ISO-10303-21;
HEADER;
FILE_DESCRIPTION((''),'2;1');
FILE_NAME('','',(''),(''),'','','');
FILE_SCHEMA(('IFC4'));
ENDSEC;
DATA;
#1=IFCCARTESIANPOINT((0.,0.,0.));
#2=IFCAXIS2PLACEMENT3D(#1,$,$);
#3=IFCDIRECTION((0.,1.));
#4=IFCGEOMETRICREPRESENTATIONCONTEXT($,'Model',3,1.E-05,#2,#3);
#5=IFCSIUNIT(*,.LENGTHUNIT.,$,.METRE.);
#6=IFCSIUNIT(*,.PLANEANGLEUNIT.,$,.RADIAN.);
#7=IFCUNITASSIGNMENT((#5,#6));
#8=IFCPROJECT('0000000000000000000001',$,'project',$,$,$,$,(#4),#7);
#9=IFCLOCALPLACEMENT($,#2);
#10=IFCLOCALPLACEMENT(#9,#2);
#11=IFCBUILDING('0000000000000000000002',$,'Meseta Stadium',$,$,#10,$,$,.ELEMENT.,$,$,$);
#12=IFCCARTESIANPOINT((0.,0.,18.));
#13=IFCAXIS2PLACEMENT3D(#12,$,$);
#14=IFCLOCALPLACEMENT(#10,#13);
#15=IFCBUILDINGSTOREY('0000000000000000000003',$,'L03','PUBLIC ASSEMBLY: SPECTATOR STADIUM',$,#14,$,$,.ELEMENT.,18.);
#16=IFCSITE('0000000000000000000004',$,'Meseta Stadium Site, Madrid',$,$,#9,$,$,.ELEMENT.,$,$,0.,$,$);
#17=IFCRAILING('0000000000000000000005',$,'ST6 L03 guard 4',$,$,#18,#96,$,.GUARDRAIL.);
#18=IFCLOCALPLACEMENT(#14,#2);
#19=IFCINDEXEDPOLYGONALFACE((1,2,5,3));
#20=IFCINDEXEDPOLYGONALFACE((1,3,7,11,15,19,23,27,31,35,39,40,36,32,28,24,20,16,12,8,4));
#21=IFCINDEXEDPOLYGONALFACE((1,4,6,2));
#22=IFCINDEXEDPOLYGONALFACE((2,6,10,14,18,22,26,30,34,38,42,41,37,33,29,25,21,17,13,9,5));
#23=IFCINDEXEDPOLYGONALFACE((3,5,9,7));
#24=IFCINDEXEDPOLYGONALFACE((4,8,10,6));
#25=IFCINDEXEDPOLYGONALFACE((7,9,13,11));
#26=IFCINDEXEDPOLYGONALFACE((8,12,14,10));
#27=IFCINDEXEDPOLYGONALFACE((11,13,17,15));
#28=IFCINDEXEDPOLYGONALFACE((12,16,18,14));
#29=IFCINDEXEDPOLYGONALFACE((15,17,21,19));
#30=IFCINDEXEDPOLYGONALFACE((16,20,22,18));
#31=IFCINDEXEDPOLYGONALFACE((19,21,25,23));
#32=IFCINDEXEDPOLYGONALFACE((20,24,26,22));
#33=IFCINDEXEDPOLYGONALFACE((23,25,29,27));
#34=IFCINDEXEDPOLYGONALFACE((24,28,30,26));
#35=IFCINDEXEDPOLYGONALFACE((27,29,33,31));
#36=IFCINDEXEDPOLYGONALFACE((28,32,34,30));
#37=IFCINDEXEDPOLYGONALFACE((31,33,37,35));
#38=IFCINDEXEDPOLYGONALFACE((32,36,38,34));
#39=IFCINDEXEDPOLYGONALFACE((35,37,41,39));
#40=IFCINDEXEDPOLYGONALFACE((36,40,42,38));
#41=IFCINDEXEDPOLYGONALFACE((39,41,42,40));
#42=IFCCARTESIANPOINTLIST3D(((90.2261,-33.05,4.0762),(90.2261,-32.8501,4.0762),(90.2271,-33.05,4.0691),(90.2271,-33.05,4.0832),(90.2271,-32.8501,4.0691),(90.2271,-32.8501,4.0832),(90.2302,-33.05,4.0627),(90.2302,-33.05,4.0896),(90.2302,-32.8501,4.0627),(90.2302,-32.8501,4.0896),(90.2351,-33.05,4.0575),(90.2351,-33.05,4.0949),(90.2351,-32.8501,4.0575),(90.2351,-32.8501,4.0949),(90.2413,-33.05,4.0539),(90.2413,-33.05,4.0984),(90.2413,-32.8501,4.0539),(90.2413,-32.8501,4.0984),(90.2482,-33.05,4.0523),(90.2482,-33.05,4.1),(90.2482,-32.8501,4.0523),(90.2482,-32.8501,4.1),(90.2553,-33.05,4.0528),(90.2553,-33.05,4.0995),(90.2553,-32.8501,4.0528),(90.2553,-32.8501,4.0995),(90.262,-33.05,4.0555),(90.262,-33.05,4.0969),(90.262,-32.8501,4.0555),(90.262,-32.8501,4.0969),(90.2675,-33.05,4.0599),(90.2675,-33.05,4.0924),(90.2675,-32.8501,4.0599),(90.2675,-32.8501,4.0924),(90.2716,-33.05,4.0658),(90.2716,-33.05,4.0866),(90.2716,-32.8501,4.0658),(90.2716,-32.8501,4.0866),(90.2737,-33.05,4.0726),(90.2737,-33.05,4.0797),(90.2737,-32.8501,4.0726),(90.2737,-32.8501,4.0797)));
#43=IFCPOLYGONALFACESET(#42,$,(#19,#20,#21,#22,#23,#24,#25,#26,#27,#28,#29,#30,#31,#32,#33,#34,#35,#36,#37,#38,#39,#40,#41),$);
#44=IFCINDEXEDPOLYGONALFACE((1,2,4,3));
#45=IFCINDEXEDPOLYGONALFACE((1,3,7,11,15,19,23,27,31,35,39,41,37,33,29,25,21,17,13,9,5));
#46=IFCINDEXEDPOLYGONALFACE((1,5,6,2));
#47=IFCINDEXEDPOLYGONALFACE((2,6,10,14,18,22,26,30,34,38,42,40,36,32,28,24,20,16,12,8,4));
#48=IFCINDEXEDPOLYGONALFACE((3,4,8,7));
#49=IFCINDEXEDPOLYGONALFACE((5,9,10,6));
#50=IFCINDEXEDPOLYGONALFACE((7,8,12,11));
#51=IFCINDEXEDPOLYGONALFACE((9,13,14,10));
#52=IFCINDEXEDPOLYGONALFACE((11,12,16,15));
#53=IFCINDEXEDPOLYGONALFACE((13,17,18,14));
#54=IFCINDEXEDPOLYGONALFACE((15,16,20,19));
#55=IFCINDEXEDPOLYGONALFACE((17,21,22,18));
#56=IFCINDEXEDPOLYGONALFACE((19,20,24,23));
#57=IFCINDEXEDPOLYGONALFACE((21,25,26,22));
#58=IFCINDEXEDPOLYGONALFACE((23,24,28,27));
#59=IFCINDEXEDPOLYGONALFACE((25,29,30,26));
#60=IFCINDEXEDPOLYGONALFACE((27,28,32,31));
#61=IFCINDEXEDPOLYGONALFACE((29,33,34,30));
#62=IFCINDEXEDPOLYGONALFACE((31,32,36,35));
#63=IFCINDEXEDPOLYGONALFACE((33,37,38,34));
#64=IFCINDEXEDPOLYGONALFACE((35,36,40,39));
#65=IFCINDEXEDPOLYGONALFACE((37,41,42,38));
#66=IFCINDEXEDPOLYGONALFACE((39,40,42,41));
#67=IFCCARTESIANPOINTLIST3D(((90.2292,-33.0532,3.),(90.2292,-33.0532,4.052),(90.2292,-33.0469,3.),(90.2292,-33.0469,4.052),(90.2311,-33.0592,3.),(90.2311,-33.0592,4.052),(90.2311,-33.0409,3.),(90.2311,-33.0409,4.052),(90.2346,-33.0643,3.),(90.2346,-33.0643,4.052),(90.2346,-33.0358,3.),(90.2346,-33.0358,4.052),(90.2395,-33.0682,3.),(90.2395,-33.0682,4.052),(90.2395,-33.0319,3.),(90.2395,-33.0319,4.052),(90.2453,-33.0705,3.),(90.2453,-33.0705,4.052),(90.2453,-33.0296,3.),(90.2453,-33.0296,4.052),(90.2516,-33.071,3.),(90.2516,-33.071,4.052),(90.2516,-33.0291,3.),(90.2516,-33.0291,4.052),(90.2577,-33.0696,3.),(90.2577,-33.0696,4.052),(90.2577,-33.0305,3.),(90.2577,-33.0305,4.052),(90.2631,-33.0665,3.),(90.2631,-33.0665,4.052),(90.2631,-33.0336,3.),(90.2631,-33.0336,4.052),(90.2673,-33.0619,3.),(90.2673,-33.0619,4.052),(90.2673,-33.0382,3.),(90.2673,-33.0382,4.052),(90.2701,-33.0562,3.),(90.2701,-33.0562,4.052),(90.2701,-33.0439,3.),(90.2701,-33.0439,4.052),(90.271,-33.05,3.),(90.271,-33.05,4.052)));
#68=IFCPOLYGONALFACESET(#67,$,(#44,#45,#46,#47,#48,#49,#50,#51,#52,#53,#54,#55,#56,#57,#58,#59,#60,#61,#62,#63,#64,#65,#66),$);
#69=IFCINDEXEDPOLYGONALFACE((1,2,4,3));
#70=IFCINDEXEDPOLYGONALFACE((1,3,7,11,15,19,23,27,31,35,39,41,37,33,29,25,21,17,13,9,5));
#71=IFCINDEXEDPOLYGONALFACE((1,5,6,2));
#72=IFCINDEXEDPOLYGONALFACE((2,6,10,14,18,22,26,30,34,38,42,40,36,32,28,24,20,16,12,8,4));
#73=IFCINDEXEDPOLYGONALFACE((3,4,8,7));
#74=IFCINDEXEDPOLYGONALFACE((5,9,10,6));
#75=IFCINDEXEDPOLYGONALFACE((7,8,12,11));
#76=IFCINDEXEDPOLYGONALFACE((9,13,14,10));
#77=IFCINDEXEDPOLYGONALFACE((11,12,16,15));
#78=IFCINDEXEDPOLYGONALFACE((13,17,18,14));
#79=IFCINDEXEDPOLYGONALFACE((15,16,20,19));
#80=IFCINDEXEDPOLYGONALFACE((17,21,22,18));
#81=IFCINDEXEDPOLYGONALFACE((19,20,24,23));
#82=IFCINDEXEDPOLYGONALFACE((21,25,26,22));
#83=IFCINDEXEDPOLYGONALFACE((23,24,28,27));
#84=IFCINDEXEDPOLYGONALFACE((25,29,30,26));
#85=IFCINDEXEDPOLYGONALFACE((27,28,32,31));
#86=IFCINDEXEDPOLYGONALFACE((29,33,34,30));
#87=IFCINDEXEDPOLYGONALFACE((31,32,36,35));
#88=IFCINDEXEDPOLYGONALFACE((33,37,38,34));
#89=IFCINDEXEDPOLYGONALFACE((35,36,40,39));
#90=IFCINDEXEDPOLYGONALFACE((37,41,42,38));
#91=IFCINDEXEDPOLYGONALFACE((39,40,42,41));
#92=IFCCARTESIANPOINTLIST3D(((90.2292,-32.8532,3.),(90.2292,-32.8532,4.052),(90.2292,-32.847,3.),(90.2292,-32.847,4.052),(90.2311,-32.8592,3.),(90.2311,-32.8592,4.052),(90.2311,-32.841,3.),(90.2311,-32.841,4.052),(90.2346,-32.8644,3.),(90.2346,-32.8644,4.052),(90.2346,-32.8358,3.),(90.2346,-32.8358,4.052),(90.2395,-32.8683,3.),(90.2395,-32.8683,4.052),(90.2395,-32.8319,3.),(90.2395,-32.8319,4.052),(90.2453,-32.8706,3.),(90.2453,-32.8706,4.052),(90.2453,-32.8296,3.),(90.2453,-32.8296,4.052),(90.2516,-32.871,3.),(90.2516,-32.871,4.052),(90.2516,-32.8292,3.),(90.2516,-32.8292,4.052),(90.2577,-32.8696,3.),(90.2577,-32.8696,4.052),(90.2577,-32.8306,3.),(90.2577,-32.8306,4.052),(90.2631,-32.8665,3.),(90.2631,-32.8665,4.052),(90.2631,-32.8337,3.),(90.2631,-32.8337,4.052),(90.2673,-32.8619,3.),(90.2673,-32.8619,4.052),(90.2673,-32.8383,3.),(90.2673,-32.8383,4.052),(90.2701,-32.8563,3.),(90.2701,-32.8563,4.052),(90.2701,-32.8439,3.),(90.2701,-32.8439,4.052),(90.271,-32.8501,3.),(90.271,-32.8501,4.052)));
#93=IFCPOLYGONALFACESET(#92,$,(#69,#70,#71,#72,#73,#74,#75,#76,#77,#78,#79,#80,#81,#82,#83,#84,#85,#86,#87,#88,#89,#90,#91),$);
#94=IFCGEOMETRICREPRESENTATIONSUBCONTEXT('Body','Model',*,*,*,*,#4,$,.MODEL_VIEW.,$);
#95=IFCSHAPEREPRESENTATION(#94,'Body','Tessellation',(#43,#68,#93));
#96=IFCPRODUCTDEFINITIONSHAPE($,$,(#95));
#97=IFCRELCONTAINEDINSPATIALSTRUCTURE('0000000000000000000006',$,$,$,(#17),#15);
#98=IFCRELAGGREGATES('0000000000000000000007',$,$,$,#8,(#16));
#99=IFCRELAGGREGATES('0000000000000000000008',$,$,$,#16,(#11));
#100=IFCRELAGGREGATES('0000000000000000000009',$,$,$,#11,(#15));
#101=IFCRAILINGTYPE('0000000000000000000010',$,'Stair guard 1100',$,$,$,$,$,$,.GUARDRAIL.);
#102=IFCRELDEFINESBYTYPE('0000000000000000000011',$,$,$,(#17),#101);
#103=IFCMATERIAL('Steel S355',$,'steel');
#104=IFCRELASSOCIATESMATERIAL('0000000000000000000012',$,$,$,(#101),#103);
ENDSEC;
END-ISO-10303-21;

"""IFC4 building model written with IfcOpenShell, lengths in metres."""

from ifc_helpers import new_model, si_unit, direction, frame, origin, origin_2d, place, context, subcontext, project, spatial, circle, extrude, material, type_object, element, save


model = new_model("IFC4")

# Units and contexts
model_context = context("Model", 3, precision=1e-05, world=origin(), true_north=direction((0.0, 1.0)))
body_context = subcontext(model_context, "Body", "Model", "MODEL_VIEW")
ifc_project = project(units=[si_unit("LENGTHUNIT", "METRE"), si_unit("PLANEANGLEUNIT", "RADIAN")], contexts=[model_context])

# Site, building, storey
site_placement = place(None, origin())
site = spatial("IfcSite", under=ifc_project, at=site_placement, Name="Meseta Stadium Site, Madrid", CompositionType="ELEMENT", RefElevation=0.0)
building_placement = place(site_placement, origin())
building = spatial("IfcBuilding", under=site, at=building_placement, Name="Meseta Stadium", CompositionType="ELEMENT")
storey_placement = place(building_placement, frame((0.0, 0.0, 18.0)))
storey = spatial("IfcBuildingStorey", under=building, at=storey_placement, Name="L03", Description="PUBLIC ASSEMBLY: SPECTATOR STADIUM", CompositionType="ELEMENT", Elevation=18.0)

# Railing
ifc_material_1 = material(Name="Steel S355", Category="steel")
railing_type_1 = type_object("IfcRailingType", Name="Stair guard 1100", PredefinedType="GUARDRAIL", material=ifc_material_1)
railing_1_placement = place(storey_placement, frame((90.25, -33.05, 3.0)))
element("IfcRailing", 1, at=railing_1_placement, inside=storey, type_object=railing_type_1, Name="ST6 L03 guard 4", PredefinedType="GUARDRAIL", context=body_context, shape_type="SweptSolid", body=[
    extrude(circle(Radius=0.0239, at=origin_2d()), frame((0.0, 0.0, 1.0762), z_axis=(0.0, 1.0, 0.0), x_axis=(-1.0, 0.0, 0.0)), (0.0, 0.0, 1.0), 0.2),
    extrude(circle(Radius=0.021, at=origin_2d()), origin(), (0.0, 0.0, 1.0), 1.052),
    extrude(circle(Radius=0.021, at=origin_2d()), frame((0.0, 0.2, 0.0)), (0.0, 0.0, 1.0), 1.052),
])

save(model, "model.ifc")
